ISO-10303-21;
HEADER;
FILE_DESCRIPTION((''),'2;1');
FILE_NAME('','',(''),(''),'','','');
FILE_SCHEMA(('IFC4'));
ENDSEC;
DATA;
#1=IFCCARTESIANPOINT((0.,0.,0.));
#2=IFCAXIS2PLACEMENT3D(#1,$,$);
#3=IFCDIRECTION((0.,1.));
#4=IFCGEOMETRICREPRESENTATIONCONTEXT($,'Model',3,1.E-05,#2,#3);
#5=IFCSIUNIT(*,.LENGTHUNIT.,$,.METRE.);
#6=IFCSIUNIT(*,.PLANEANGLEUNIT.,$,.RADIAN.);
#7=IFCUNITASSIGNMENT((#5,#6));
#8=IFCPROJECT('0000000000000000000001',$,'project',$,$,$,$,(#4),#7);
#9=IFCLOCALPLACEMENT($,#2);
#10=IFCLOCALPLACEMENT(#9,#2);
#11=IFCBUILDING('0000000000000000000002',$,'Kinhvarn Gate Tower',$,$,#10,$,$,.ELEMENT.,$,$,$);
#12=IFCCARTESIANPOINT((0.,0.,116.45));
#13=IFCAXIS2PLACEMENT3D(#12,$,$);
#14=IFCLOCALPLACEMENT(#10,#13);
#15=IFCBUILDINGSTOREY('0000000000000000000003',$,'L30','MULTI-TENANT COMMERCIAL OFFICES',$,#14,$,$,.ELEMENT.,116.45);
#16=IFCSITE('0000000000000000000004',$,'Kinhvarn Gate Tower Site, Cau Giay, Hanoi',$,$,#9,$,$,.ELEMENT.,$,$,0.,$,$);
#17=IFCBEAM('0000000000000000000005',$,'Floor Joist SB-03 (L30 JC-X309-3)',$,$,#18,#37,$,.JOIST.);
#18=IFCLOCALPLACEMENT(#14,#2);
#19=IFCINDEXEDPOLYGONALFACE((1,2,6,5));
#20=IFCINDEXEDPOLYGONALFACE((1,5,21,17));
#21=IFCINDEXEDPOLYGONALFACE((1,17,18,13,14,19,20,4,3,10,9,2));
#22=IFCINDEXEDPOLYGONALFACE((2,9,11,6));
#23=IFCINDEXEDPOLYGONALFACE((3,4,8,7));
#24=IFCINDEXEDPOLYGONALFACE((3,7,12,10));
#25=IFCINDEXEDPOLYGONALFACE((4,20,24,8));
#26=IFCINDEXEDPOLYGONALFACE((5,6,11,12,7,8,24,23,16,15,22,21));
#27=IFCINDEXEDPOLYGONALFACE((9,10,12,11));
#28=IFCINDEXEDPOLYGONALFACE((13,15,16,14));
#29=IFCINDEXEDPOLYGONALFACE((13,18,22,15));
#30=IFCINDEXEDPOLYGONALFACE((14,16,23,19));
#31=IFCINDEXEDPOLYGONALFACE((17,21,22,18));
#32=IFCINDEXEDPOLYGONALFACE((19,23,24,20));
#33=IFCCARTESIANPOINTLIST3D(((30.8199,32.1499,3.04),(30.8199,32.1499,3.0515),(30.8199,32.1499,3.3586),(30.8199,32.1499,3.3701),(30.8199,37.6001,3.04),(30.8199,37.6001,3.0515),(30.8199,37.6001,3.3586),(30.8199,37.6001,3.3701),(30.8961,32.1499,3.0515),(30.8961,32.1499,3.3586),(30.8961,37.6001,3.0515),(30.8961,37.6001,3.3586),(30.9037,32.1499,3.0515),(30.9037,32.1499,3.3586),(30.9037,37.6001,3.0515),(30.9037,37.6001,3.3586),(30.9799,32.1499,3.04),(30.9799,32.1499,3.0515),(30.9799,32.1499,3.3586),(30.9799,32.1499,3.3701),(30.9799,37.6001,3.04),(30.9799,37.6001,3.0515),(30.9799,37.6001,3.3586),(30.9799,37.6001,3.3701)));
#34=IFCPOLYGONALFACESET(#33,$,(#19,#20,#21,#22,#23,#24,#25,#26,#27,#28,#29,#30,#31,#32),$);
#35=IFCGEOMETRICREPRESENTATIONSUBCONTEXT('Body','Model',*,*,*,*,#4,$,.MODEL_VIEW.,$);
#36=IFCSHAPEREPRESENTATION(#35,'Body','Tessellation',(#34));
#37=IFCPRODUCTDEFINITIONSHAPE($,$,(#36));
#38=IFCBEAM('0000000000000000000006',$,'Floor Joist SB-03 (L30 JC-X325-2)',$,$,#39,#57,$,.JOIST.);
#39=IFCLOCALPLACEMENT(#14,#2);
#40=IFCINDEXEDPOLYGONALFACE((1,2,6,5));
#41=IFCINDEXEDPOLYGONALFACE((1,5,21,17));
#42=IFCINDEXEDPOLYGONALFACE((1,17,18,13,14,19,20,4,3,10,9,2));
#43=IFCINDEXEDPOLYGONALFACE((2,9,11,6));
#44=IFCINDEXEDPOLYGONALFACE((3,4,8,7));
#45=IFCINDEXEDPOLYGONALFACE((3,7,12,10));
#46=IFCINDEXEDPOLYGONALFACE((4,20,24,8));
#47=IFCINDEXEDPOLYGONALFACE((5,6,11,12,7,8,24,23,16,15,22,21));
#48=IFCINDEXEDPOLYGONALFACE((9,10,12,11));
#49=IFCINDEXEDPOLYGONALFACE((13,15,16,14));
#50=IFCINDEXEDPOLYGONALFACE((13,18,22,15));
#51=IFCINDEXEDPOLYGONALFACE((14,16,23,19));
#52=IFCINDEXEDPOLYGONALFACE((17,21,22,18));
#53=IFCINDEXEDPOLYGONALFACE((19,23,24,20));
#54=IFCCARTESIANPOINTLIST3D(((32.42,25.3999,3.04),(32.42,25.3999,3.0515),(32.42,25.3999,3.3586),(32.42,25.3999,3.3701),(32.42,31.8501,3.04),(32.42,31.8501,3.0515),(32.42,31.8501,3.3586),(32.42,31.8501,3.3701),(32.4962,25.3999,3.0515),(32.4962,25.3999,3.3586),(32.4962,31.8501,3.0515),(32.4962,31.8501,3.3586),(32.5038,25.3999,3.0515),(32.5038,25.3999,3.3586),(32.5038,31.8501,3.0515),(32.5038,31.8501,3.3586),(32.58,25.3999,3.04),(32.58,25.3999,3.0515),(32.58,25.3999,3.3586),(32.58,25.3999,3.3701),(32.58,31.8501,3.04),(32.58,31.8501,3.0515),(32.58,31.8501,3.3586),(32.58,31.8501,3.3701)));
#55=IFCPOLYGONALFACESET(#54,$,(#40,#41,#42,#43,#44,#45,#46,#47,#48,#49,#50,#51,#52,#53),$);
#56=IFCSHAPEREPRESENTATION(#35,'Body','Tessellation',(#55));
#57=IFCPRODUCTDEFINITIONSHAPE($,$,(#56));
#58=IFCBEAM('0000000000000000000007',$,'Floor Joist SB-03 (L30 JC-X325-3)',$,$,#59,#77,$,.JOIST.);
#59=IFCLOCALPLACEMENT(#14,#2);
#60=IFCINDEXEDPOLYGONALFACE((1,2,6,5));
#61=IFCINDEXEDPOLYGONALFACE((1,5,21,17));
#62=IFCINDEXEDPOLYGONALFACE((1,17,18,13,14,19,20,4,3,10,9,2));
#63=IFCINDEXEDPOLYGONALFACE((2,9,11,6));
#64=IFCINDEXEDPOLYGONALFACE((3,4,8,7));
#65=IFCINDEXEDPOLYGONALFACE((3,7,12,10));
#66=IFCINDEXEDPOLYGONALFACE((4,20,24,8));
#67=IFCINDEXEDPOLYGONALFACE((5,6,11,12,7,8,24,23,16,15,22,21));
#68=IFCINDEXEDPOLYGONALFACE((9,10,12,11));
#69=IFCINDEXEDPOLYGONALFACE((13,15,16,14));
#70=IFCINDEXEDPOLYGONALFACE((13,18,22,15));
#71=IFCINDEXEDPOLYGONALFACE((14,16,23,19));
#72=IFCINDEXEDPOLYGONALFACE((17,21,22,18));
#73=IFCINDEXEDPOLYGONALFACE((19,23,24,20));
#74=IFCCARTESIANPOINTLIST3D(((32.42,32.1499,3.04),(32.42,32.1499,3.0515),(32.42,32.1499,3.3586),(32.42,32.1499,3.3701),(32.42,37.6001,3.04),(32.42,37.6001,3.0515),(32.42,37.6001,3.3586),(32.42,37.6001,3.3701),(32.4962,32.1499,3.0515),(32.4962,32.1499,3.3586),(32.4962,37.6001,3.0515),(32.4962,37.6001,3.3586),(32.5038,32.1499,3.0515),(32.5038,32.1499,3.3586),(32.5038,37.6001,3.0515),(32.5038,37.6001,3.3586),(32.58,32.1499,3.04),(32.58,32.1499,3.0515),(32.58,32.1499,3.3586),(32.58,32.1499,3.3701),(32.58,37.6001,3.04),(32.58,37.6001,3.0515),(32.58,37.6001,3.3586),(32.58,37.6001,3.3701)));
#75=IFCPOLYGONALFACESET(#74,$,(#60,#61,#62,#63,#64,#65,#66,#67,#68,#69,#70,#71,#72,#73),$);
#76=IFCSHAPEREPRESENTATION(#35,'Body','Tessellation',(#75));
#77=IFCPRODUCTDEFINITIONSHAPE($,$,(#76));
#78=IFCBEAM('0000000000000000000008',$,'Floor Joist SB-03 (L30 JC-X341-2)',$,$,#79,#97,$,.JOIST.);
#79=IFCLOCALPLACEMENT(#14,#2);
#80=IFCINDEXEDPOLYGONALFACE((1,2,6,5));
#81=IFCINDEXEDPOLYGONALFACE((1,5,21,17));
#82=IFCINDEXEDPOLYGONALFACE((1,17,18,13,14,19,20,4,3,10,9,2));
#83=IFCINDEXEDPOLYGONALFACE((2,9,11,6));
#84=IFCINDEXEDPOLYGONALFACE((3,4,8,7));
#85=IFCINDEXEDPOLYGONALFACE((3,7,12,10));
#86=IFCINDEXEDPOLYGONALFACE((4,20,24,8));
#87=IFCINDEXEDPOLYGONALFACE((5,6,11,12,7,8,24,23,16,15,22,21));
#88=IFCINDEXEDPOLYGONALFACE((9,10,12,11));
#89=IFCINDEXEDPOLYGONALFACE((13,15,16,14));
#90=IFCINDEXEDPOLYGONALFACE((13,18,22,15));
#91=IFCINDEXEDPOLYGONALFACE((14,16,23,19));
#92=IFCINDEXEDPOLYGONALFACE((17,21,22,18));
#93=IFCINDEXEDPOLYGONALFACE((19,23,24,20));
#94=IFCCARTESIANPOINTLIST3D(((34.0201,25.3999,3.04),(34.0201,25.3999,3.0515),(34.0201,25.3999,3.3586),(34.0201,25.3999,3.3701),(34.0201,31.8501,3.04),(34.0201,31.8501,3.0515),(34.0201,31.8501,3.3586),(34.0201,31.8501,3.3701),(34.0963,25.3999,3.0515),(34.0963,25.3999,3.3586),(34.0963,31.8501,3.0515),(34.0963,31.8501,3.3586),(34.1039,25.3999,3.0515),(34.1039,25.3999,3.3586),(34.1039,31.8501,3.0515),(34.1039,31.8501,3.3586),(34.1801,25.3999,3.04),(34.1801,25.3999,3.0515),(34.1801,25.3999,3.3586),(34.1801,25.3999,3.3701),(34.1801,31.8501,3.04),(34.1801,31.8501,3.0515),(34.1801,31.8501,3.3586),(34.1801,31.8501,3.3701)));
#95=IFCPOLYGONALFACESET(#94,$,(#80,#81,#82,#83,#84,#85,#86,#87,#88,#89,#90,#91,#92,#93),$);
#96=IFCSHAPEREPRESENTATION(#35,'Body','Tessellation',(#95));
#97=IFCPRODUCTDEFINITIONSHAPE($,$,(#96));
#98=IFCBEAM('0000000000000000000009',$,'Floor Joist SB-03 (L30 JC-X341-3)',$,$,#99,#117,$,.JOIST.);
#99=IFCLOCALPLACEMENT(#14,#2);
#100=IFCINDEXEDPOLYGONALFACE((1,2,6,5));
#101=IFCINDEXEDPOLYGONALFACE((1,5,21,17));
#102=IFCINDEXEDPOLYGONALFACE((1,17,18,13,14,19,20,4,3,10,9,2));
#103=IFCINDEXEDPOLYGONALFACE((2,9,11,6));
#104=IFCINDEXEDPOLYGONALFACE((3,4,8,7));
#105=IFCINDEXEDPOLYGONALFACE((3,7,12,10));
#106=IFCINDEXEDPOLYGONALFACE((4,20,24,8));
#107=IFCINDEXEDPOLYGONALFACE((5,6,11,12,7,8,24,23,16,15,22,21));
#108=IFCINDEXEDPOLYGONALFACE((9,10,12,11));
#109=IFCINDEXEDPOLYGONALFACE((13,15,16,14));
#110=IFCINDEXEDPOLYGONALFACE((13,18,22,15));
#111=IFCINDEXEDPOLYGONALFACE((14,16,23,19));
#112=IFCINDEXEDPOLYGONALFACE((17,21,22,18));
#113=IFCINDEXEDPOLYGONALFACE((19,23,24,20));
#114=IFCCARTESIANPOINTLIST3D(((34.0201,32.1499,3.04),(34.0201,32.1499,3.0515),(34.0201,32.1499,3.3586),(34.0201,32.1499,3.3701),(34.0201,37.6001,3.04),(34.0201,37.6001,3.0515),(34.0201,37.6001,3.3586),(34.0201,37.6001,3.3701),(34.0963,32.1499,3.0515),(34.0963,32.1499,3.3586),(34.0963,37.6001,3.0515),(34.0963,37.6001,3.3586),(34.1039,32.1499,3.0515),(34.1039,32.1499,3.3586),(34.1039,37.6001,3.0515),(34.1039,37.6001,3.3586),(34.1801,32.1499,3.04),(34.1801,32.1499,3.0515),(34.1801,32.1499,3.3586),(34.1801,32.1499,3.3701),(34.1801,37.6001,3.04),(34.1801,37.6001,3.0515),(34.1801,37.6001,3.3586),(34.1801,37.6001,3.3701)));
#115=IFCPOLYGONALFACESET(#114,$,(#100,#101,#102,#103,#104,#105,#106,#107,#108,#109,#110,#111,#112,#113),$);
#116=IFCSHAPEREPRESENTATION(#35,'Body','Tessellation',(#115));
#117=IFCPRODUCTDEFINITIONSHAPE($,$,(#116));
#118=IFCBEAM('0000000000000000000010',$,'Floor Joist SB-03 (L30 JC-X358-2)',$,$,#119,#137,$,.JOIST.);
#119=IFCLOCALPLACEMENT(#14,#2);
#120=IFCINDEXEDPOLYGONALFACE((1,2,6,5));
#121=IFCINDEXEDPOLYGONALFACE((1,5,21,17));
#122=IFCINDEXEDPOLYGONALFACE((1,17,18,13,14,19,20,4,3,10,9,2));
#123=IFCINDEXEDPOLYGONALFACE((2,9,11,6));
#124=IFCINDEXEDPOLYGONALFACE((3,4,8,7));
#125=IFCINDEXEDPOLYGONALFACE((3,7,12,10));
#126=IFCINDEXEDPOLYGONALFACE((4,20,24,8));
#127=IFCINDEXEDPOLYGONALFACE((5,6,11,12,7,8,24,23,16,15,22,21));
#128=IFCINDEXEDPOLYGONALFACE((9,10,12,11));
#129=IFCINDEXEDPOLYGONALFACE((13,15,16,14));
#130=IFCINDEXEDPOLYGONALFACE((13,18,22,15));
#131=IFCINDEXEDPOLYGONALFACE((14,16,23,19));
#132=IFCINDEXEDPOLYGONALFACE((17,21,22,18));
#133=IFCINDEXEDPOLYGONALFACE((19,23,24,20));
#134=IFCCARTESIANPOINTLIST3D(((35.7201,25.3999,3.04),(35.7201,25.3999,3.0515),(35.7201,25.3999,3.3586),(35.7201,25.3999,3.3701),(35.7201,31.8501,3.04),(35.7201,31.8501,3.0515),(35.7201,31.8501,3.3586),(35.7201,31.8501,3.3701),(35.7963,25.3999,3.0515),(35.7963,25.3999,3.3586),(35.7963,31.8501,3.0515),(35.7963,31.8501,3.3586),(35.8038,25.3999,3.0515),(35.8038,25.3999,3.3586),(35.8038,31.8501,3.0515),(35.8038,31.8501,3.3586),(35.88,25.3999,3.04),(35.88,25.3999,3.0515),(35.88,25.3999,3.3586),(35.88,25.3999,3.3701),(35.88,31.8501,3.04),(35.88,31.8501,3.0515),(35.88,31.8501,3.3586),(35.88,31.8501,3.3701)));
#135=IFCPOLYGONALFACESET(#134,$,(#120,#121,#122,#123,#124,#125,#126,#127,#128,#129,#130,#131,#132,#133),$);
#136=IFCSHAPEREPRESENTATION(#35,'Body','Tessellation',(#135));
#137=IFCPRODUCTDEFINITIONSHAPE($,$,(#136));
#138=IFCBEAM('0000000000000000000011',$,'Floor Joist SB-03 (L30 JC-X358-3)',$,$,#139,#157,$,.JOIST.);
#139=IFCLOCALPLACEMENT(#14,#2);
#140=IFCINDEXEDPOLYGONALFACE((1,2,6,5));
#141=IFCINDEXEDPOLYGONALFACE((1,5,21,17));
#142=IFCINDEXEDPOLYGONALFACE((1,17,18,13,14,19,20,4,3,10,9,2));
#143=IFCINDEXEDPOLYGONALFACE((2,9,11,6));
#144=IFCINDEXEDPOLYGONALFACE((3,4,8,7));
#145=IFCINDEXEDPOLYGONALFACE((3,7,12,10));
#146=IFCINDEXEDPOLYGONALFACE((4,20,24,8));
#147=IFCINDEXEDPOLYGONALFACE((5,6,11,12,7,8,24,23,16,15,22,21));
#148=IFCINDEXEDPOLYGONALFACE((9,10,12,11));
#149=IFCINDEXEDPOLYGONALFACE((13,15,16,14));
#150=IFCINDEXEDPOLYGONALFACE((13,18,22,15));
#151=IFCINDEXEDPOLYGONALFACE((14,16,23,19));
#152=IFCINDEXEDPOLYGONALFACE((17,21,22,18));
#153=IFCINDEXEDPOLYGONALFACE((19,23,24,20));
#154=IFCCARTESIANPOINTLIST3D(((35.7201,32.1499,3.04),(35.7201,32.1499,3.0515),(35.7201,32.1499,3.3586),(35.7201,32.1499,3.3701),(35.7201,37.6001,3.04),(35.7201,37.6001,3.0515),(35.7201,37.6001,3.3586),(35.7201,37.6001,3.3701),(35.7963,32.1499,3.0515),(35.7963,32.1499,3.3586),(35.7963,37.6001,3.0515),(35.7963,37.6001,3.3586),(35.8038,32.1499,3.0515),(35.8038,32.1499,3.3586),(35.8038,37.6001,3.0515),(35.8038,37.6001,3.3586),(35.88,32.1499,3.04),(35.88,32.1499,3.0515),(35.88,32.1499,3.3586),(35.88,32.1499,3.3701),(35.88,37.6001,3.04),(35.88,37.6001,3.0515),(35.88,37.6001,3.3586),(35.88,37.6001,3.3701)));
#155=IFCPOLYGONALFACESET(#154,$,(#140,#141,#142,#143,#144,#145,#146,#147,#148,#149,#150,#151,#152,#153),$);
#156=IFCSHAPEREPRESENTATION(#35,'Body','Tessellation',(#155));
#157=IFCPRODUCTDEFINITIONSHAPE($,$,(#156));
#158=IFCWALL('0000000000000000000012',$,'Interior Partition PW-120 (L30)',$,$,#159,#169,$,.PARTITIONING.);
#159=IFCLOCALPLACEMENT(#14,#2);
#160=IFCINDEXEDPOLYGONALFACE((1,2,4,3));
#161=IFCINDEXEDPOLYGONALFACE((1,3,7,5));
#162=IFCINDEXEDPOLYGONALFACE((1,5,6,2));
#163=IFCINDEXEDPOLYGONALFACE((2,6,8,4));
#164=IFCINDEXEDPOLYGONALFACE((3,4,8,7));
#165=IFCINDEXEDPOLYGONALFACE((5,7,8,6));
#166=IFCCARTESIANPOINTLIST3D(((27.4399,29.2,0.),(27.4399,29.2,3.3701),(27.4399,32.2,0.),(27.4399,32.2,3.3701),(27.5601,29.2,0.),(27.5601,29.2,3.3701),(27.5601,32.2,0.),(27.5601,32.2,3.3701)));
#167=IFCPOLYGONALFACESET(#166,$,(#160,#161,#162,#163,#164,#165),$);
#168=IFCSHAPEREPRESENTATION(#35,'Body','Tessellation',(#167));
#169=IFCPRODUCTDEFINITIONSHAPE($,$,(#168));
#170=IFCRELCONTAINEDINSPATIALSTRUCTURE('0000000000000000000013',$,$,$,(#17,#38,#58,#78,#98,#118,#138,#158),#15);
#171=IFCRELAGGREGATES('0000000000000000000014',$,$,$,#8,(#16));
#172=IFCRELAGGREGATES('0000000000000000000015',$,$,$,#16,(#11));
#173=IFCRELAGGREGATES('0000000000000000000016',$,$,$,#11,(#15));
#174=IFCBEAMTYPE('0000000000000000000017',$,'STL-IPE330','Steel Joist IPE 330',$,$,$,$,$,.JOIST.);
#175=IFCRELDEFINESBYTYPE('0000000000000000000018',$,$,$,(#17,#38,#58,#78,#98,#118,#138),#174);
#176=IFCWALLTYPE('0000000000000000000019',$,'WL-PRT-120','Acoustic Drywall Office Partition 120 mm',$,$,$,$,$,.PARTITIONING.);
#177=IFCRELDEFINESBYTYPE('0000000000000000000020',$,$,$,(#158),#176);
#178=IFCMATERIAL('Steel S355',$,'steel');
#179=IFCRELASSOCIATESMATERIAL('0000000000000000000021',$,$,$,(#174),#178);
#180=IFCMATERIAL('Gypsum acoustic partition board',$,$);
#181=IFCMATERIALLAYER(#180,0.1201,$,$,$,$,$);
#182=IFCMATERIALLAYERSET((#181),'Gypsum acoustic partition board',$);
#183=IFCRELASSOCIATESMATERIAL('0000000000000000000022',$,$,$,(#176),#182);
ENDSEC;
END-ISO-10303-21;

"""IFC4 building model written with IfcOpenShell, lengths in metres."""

from ifc_helpers import new_model, si_unit, direction, frame, frame_2d, origin, origin_2d, place, context, subcontext, project, spatial, rectangle, i_section, extrude, material, layer, layer_set, material_profile, profile_set, type_object, element, save


model = new_model("IFC4")

# Units and contexts
model_context = context("Model", 3, precision=1e-05, world=origin(), true_north=direction((0.0, 1.0)))
body_context = subcontext(model_context, "Body", "Model", "MODEL_VIEW")
ifc_project = project(units=[si_unit("LENGTHUNIT", "METRE"), si_unit("PLANEANGLEUNIT", "RADIAN")], contexts=[model_context])

# Site, building, storey
site_placement = place(None, origin())
site = spatial("IfcSite", under=ifc_project, at=site_placement, Name="Kinhvarn Gate Tower Site, Cau Giay, Hanoi", CompositionType="ELEMENT", RefElevation=0.0)
building_placement = place(site_placement, origin())
building = spatial("IfcBuilding", under=site, at=building_placement, Name="Kinhvarn Gate Tower", CompositionType="ELEMENT")
storey_placement = place(building_placement, frame((0.0, 0.0, 116.45)))
storey = spatial("IfcBuildingStorey", under=building, at=storey_placement, Name="L30", Description="MULTI-TENANT COMMERCIAL OFFICES", CompositionType="ELEMENT", Elevation=116.45)

# Beams
ifc_material_1 = material(Name="Steel S355", Category="steel")
ifc_material_profile_1 = material_profile(ifc_material_1, i_section(OverallWidth=0.1599, OverallDepth=0.3301, WebThickness=0.0076, FlangeThickness=0.0115, at=origin_2d()), Name="IPE 330")
ifc_profile_set_1 = profile_set([ifc_material_profile_1], Name="Steel S355")
beam_type_1 = type_object("IfcBeamType", Name="STL-IPE330", Description="Steel Joist IPE 330", PredefinedType="JOIST", material=ifc_profile_set_1)
beam_1_placement = place(storey_placement, frame((30.8999, 32.1499, 3.2051), z_axis=(0.0, 1.0, 0.0), x_axis=(-1.0, 0.0, 0.0)))
element("IfcBeam", 1, at=beam_1_placement, inside=storey, type_object=beam_type_1, Name="Floor Joist SB-03 (L30 JC-X309-3)", PredefinedType="JOIST", context=body_context, shape_type="SweptSolid", body=[
    extrude(i_section(OverallWidth=0.1599, OverallDepth=0.3301, WebThickness=0.0076, FlangeThickness=0.0115, at=origin_2d()), origin(), (0.0, 0.0, 1.0), 5.4502),
])
beam_2_placement = place(storey_placement, frame((32.5, 25.3999, 3.2051), z_axis=(0.0, 1.0, 0.0), x_axis=(-1.0, 0.0, 0.0)))
element("IfcBeam", 2, at=beam_2_placement, inside=storey, type_object=beam_type_1, Name="Floor Joist SB-03 (L30 JC-X325-2)", PredefinedType="JOIST", context=body_context, shape_type="SweptSolid", body=[
    extrude(i_section(OverallWidth=0.1599, OverallDepth=0.3301, WebThickness=0.0076, FlangeThickness=0.0115, at=origin_2d()), origin(), (0.0, 0.0, 1.0), 6.4502),
])
beam_3_placement = place(storey_placement, frame((32.5, 32.1499, 3.2051), z_axis=(0.0, 1.0, 0.0), x_axis=(-1.0, 0.0, 0.0)))
element("IfcBeam", 3, at=beam_3_placement, inside=storey, type_object=beam_type_1, Name="Floor Joist SB-03 (L30 JC-X325-3)", PredefinedType="JOIST", context=body_context, shape_type="SweptSolid", body=[
    extrude(i_section(OverallWidth=0.1599, OverallDepth=0.3301, WebThickness=0.0076, FlangeThickness=0.0115, at=origin_2d()), origin(), (0.0, 0.0, 1.0), 5.4502),
])
beam_4_placement = place(storey_placement, frame((34.1001, 25.3999, 3.2051), z_axis=(0.0, 1.0, 0.0), x_axis=(-1.0, 0.0, 0.0)))
element("IfcBeam", 4, at=beam_4_placement, inside=storey, type_object=beam_type_1, Name="Floor Joist SB-03 (L30 JC-X341-2)", PredefinedType="JOIST", context=body_context, shape_type="SweptSolid", body=[
    extrude(i_section(OverallWidth=0.1599, OverallDepth=0.3301, WebThickness=0.0076, FlangeThickness=0.0115, at=origin_2d()), origin(), (0.0, 0.0, 1.0), 6.4502),
])
beam_5_placement = place(storey_placement, frame((34.1001, 32.1499, 3.2051), z_axis=(0.0, 1.0, 0.0), x_axis=(-1.0, 0.0, 0.0)))
element("IfcBeam", 5, at=beam_5_placement, inside=storey, type_object=beam_type_1, Name="Floor Joist SB-03 (L30 JC-X341-3)", PredefinedType="JOIST", context=body_context, shape_type="SweptSolid", body=[
    extrude(i_section(OverallWidth=0.1599, OverallDepth=0.3301, WebThickness=0.0076, FlangeThickness=0.0115, at=origin_2d()), origin(), (0.0, 0.0, 1.0), 5.4502),
])
beam_6_placement = place(storey_placement, frame((35.8, 25.3999, 3.2051), z_axis=(0.0, 1.0, 0.0), x_axis=(-1.0, 0.0, 0.0)))
element("IfcBeam", 6, at=beam_6_placement, inside=storey, type_object=beam_type_1, Name="Floor Joist SB-03 (L30 JC-X358-2)", PredefinedType="JOIST", context=body_context, shape_type="SweptSolid", body=[
    extrude(i_section(OverallWidth=0.1599, OverallDepth=0.3301, WebThickness=0.0076, FlangeThickness=0.0115, at=origin_2d()), origin(), (0.0, 0.0, 1.0), 6.4502),
])
beam_7_placement = place(storey_placement, frame((35.8, 32.1499, 3.2051), z_axis=(0.0, 1.0, 0.0), x_axis=(-1.0, 0.0, 0.0)))
element("IfcBeam", 7, at=beam_7_placement, inside=storey, type_object=beam_type_1, Name="Floor Joist SB-03 (L30 JC-X358-3)", PredefinedType="JOIST", context=body_context, shape_type="SweptSolid", body=[
    extrude(i_section(OverallWidth=0.1599, OverallDepth=0.3301, WebThickness=0.0076, FlangeThickness=0.0115, at=origin_2d()), origin(), (0.0, 0.0, 1.0), 5.4502),
])

# Wall
ifc_material_2 = material(Name="Gypsum acoustic partition board")
ifc_layer_1 = layer(ifc_material_2, 0.1201)
ifc_layer_set_1 = layer_set([ifc_layer_1], Name="Gypsum acoustic partition board")
wall_type_1 = type_object("IfcWallType", Name="WL-PRT-120", Description="Acoustic Drywall Office Partition 120 mm", PredefinedType="PARTITIONING", material=ifc_layer_set_1)
wall_1_placement = place(storey_placement, frame((27.5, 29.2, 0.0), z_axis=(0.0, 0.0, 1.0), x_axis=(0.0, 1.0, 0.0)))
element("IfcWall", 8, at=wall_1_placement, inside=storey, type_object=wall_type_1, Name="Interior Partition PW-120 (L30)", PredefinedType="PARTITIONING", context=body_context, shape_type="SweptSolid", body=[
    extrude(rectangle(XDim=3.0, YDim=0.1201, at=frame_2d((1.5, 0.0))), origin(), (0.0, 0.0, 1.0), 3.3701),
])

save(model, "model.ifc")
